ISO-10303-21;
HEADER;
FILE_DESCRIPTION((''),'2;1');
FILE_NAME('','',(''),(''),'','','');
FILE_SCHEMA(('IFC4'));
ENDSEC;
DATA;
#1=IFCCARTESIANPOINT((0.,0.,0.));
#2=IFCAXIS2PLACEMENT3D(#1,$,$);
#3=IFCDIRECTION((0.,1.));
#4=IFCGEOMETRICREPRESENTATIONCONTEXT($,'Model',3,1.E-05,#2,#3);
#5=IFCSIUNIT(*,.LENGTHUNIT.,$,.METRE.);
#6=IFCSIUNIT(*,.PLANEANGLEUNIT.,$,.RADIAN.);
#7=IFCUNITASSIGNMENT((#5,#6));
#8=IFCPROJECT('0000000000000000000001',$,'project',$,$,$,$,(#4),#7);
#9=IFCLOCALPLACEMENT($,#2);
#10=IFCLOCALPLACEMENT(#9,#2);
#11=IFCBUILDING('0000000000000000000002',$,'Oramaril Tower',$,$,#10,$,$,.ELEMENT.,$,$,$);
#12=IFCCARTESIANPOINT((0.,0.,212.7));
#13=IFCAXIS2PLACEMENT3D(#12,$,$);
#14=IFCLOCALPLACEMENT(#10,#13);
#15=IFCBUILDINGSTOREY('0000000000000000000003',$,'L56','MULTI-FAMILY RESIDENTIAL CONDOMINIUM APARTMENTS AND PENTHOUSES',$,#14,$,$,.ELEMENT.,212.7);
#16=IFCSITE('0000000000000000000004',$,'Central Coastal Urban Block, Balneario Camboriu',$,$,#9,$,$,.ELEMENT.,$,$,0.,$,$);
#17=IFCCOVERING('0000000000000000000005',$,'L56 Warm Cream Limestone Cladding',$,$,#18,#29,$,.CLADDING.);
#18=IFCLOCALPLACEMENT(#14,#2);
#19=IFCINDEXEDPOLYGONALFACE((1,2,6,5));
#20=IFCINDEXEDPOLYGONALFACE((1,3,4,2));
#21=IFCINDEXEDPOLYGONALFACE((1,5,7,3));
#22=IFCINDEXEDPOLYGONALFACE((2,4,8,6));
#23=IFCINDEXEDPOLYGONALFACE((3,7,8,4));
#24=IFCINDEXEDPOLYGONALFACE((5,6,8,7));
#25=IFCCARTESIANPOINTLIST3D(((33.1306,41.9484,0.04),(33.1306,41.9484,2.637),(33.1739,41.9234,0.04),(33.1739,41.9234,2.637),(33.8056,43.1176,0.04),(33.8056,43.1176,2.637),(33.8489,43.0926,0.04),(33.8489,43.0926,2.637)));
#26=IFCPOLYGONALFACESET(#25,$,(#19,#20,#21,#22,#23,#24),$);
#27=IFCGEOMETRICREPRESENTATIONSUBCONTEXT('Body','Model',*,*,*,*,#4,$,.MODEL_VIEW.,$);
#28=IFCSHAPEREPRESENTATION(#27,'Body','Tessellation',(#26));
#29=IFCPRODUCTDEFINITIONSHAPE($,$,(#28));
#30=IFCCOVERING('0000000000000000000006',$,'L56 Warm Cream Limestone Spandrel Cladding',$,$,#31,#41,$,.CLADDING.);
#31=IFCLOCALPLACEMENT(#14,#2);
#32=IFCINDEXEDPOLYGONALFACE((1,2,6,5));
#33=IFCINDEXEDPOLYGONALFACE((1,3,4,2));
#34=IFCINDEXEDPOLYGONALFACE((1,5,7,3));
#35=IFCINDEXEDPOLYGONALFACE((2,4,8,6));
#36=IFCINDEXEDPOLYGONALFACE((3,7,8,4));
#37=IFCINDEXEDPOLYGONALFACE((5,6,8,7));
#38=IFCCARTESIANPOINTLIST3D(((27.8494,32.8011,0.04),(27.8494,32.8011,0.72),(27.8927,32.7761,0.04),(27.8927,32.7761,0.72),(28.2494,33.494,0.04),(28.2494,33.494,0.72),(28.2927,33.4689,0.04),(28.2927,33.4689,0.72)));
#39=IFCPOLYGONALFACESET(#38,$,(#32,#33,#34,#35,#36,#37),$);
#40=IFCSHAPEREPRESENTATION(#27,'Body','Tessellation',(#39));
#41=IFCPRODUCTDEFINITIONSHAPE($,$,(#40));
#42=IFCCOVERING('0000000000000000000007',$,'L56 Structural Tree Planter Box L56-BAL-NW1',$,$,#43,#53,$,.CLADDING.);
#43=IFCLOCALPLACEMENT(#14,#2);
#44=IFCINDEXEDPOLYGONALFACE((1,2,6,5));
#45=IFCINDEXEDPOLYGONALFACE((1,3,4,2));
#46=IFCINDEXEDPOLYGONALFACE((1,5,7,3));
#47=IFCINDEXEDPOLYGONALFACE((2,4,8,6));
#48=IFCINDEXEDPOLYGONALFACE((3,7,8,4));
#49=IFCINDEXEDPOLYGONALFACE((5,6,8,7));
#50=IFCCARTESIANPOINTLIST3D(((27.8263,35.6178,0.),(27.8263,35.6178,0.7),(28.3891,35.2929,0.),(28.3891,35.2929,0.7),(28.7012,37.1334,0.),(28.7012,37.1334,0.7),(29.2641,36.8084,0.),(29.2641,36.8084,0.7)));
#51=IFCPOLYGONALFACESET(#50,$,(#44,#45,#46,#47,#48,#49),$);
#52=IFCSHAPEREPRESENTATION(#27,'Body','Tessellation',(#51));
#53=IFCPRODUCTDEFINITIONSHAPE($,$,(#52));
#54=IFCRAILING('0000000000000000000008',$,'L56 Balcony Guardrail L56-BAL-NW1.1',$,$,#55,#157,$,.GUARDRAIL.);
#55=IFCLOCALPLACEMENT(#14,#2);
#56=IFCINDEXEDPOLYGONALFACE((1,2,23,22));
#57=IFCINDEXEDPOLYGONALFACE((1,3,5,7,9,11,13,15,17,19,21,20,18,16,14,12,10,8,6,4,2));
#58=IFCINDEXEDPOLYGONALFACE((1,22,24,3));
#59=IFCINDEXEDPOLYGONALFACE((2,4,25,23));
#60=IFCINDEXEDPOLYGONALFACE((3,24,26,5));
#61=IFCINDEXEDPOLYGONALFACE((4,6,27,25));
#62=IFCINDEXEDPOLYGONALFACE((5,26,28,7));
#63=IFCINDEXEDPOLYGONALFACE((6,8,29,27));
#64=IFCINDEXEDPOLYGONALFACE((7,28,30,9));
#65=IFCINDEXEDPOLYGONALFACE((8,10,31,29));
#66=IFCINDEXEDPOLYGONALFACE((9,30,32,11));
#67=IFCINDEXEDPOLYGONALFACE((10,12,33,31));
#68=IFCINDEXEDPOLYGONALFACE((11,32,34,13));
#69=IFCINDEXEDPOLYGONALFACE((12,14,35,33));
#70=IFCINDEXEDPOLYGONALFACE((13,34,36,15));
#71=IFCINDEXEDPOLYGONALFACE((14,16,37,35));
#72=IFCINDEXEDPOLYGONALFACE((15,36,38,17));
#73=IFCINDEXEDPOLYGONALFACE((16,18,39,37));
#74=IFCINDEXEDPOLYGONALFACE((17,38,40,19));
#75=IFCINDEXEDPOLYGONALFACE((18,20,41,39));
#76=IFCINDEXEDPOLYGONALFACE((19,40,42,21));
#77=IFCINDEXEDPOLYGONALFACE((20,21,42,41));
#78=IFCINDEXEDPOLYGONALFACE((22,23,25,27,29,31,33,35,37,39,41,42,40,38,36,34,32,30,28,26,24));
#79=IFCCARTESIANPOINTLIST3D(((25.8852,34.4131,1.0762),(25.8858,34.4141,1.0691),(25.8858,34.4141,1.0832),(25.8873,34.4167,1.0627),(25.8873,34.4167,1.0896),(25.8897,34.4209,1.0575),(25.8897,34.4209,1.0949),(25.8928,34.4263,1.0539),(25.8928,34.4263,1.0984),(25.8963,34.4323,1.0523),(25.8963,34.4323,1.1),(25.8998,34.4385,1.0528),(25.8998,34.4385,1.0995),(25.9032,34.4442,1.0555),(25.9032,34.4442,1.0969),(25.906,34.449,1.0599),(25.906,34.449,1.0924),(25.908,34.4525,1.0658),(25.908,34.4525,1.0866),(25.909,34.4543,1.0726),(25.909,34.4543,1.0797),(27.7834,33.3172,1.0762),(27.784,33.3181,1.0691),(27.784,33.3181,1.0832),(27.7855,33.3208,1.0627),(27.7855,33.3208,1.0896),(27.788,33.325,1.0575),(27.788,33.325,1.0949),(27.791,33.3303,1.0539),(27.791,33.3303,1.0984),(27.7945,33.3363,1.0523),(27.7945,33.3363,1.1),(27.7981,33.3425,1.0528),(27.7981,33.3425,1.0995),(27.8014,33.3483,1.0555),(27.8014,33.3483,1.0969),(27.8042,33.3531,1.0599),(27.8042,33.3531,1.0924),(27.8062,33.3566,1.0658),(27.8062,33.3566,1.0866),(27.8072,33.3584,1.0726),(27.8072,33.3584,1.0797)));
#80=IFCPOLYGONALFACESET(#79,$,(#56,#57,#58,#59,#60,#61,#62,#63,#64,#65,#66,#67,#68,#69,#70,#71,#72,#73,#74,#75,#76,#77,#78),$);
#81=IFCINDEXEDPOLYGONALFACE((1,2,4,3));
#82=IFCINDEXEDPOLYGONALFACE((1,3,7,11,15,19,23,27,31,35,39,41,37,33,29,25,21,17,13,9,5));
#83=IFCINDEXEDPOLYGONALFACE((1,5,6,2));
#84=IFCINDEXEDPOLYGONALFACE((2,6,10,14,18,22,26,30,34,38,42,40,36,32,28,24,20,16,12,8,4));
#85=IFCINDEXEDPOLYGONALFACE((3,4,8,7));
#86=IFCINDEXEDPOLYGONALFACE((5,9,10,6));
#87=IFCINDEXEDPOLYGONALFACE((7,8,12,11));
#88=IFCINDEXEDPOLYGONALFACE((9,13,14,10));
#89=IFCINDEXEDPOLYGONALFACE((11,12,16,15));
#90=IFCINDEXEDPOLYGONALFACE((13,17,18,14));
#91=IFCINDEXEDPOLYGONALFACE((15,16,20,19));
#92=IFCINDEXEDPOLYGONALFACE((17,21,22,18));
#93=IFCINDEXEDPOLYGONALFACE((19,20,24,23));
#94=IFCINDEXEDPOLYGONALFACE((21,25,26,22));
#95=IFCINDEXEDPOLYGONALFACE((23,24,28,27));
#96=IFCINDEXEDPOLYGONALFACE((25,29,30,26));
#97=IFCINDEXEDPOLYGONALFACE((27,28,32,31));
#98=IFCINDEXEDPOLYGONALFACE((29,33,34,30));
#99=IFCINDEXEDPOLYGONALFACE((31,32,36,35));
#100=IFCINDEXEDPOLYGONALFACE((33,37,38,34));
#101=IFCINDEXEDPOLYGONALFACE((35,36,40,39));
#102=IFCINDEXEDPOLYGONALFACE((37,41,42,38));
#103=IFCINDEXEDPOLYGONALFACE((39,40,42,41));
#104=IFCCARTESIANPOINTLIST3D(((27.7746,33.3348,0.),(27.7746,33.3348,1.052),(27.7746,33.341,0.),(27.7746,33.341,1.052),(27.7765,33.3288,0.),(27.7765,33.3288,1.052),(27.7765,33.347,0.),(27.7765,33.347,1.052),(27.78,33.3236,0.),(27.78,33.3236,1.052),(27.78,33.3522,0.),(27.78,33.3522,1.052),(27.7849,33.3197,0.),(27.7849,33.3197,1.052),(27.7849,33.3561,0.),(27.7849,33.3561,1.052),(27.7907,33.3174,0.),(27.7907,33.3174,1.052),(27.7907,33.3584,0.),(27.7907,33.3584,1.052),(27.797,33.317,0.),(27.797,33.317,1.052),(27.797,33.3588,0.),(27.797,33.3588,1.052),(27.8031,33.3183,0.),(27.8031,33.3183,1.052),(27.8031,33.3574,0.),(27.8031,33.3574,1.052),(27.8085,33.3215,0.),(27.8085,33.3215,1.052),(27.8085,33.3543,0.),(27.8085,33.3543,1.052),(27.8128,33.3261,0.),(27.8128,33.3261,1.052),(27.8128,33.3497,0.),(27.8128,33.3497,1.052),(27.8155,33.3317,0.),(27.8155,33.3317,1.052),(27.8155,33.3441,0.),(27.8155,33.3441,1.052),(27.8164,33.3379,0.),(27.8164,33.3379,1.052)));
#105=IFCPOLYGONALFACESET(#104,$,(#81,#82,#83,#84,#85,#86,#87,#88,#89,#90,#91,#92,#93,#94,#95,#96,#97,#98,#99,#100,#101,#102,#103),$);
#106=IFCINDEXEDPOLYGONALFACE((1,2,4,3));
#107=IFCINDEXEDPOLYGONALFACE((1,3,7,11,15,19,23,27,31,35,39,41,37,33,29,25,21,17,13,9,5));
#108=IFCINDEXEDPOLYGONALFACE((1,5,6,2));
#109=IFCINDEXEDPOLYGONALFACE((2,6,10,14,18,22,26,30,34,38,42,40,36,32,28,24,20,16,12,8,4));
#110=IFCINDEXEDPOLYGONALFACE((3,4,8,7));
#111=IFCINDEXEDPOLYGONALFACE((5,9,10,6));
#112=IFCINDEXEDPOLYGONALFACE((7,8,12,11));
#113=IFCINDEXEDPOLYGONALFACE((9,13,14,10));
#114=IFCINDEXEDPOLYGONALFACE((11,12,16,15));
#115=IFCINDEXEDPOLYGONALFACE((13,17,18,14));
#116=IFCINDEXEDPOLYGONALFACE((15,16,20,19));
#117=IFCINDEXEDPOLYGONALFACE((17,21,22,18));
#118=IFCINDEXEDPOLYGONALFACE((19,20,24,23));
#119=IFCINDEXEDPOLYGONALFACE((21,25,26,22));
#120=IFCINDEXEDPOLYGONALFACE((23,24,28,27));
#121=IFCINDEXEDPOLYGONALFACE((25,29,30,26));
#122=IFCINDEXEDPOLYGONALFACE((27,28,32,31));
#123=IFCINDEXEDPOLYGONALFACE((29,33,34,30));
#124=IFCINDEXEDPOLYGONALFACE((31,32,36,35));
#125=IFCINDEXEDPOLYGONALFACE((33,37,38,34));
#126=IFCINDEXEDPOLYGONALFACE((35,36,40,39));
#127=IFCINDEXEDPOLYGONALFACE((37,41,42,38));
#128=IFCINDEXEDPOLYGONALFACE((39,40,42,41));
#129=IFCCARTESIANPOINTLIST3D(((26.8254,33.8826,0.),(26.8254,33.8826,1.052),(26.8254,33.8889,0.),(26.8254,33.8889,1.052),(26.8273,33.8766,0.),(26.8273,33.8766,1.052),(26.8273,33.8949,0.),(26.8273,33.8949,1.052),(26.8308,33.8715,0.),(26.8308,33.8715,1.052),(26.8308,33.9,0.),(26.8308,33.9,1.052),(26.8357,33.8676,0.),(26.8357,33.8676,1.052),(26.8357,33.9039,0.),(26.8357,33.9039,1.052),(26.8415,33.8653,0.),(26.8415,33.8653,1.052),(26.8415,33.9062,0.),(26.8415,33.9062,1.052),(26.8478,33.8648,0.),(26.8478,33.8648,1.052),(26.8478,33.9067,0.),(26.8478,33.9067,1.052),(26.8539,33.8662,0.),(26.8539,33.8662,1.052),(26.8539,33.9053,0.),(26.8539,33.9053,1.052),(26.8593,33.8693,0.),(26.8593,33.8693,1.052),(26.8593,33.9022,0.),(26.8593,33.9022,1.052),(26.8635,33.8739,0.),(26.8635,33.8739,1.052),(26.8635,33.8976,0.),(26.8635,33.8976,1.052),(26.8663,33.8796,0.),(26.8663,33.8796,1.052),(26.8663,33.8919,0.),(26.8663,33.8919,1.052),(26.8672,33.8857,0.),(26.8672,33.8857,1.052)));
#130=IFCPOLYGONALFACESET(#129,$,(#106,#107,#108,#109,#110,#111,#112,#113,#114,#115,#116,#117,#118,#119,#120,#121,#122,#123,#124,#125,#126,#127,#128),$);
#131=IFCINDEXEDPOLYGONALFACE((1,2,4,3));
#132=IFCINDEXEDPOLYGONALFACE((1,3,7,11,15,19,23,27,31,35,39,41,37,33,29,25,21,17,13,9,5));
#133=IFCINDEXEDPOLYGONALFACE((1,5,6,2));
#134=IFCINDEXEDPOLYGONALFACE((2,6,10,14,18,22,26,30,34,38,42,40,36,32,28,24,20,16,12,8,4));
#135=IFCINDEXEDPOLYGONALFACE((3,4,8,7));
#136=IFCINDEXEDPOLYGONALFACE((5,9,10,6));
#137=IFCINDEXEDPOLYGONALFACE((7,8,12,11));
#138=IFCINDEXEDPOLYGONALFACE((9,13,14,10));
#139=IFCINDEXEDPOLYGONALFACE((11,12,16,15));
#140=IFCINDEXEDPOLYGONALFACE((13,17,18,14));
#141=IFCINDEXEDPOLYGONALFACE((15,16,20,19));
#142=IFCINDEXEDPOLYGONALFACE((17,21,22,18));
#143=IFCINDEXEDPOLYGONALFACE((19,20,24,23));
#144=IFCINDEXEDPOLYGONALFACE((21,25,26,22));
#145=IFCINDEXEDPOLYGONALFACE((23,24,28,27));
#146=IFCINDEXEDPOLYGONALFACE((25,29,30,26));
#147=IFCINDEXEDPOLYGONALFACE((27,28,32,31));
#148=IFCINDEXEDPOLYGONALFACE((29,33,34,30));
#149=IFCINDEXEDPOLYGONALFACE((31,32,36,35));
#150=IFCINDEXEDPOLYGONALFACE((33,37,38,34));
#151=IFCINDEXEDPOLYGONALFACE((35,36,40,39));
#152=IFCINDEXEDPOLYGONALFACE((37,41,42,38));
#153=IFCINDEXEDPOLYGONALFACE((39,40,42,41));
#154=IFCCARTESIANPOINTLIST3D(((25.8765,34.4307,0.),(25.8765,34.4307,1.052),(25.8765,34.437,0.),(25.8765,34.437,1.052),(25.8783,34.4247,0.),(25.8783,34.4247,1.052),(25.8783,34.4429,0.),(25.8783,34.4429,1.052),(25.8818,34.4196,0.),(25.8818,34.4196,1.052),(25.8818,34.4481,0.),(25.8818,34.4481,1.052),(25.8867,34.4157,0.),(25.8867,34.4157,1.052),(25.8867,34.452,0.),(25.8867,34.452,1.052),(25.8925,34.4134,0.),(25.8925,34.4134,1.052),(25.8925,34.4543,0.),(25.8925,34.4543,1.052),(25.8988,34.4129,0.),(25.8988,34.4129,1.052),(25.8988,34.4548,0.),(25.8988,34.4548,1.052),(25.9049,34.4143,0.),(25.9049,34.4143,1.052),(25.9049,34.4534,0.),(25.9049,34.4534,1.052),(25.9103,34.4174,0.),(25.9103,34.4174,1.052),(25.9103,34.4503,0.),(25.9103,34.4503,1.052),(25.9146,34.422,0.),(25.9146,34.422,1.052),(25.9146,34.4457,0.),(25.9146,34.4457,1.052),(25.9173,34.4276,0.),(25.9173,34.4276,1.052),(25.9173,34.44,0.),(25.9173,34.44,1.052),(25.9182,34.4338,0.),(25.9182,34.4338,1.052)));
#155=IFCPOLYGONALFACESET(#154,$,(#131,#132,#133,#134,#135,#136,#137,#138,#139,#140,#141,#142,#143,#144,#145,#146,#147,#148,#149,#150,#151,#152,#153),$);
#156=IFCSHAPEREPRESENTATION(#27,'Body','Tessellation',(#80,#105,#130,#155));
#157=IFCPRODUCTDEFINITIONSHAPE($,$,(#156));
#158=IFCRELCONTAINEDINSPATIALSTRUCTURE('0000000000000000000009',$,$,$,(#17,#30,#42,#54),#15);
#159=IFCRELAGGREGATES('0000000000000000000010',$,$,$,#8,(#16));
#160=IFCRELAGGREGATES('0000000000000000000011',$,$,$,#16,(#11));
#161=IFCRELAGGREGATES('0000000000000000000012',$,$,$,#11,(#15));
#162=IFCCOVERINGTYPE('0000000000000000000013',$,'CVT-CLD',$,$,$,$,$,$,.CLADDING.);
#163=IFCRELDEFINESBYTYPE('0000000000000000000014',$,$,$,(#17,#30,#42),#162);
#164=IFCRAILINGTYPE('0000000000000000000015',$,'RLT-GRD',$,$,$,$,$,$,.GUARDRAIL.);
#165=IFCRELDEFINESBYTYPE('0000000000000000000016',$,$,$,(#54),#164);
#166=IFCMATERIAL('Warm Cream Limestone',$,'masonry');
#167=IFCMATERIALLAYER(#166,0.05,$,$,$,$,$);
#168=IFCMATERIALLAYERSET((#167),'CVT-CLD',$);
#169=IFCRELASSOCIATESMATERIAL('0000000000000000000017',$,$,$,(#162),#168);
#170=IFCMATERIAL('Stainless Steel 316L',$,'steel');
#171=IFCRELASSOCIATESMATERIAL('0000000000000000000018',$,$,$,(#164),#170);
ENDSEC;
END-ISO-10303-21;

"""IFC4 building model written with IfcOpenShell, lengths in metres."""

from ifc_helpers import new_model, si_unit, direction, frame, origin, origin_2d, place, context, subcontext, project, spatial, rectangle, circle, extrude, material, layer, layer_set, type_object, element, save


model = new_model("IFC4")

# Units and contexts
model_context = context("Model", 3, precision=1e-05, world=origin(), true_north=direction((0.0, 1.0)))
body_context = subcontext(model_context, "Body", "Model", "MODEL_VIEW")
ifc_project = project(units=[si_unit("LENGTHUNIT", "METRE"), si_unit("PLANEANGLEUNIT", "RADIAN")], contexts=[model_context])

# Site, building, storey
site_placement = place(None, origin())
site = spatial("IfcSite", under=ifc_project, at=site_placement, Name="Central Coastal Urban Block, Balneario Camboriu", CompositionType="ELEMENT", RefElevation=0.0)
building_placement = place(site_placement, origin())
building = spatial("IfcBuilding", under=site, at=building_placement, Name="Oramaril Tower", CompositionType="ELEMENT")
storey_placement = place(building_placement, frame((0.0, 0.0, 212.7)))
storey = spatial("IfcBuildingStorey", under=building, at=storey_placement, Name="L56", Description="MULTI-FAMILY RESIDENTIAL CONDOMINIUM APARTMENTS AND PENTHOUSES", CompositionType="ELEMENT", Elevation=212.7)

# Coverings
ifc_material_1 = material(Name="Warm Cream Limestone", Category="masonry")
ifc_layer_1 = layer(ifc_material_1, 0.05)
ifc_layer_set_1 = layer_set([ifc_layer_1], Name="CVT-CLD")
covering_type = type_object("IfcCoveringType", Name="CVT-CLD", PredefinedType="CLADDING", material=ifc_layer_set_1)
covering_1_placement = place(storey_placement, frame((33.4897, 42.5205, 0.04), z_axis=(0.0, 0.0, 1.0), x_axis=(-0.499998, -0.866026, 0.0)))
element("IfcCovering", 1, at=covering_1_placement, inside=storey, type_object=covering_type, Name="L56 Warm Cream Limestone Cladding", PredefinedType="CLADDING", context=body_context, shape_type="SweptSolid", body=[
    extrude(rectangle(XDim=1.3501, YDim=0.05, at=origin_2d()), origin(), (0.0, 0.0, 1.0), 2.5969),
])
covering_2_placement = place(storey_placement, frame((28.071, 33.135, 0.04), z_axis=(0.0, 0.0, 1.0), x_axis=(-0.499998, -0.866026, 0.0)))
element("IfcCovering", 2, at=covering_2_placement, inside=storey, type_object=covering_type, Name="L56 Warm Cream Limestone Spandrel Cladding", PredefinedType="CLADDING", context=body_context, shape_type="SweptSolid", body=[
    extrude(rectangle(XDim=0.8, YDim=0.05, at=origin_2d()), origin(), (0.0, 0.0, 1.0), 0.6799),
])
covering_3_placement = place(storey_placement, frame((28.5452, 36.2131, 0.0), z_axis=(0.0, 0.0, 1.0), x_axis=(-0.499998, -0.866026, 0.0)))
element("IfcCovering", 3, at=covering_3_placement, inside=storey, type_object=covering_type, Name="L56 Structural Tree Planter Box L56-BAL-NW1", PredefinedType="CLADDING", context=body_context, shape_type="SweptSolid", body=[
    extrude(rectangle(XDim=1.75, YDim=0.6499, at=origin_2d()), origin(), (0.0, 0.0, 1.0), 0.7),
])

# Railing
ifc_material_2 = material(Name="Stainless Steel 316L", Category="steel")
railing_type = type_object("IfcRailingType", Name="RLT-GRD", PredefinedType="GUARDRAIL", material=ifc_material_2)
railing_1_placement = place(storey_placement, frame((27.7954, 33.3379, 0.0)))
element("IfcRailing", 4, at=railing_1_placement, inside=storey, type_object=railing_type, Name="L56 Balcony Guardrail L56-BAL-NW1.1", PredefinedType="GUARDRAIL", context=body_context, shape_type="SweptSolid", body=[
    extrude(circle(Radius=0.0239, at=origin_2d()), frame((0.0, 0.0, 1.0762), z_axis=(-0.866021, 0.500008, 0.0), x_axis=(-0.500008, -0.866021, 0.0)), (0.0, 0.0, 1.0), 2.1919),
    extrude(circle(Radius=0.021, at=origin_2d()), origin(), (0.0, 0.0, 1.0), 1.052),
    extrude(circle(Radius=0.021, at=origin_2d()), frame((-0.9492, 0.5479, 0.0)), (0.0, 0.0, 1.0), 1.052),
    extrude(circle(Radius=0.021, at=origin_2d()), frame((-1.8982, 1.0959, 0.0)), (0.0, 0.0, 1.0), 1.052),
])

save(model, "model.ifc")
